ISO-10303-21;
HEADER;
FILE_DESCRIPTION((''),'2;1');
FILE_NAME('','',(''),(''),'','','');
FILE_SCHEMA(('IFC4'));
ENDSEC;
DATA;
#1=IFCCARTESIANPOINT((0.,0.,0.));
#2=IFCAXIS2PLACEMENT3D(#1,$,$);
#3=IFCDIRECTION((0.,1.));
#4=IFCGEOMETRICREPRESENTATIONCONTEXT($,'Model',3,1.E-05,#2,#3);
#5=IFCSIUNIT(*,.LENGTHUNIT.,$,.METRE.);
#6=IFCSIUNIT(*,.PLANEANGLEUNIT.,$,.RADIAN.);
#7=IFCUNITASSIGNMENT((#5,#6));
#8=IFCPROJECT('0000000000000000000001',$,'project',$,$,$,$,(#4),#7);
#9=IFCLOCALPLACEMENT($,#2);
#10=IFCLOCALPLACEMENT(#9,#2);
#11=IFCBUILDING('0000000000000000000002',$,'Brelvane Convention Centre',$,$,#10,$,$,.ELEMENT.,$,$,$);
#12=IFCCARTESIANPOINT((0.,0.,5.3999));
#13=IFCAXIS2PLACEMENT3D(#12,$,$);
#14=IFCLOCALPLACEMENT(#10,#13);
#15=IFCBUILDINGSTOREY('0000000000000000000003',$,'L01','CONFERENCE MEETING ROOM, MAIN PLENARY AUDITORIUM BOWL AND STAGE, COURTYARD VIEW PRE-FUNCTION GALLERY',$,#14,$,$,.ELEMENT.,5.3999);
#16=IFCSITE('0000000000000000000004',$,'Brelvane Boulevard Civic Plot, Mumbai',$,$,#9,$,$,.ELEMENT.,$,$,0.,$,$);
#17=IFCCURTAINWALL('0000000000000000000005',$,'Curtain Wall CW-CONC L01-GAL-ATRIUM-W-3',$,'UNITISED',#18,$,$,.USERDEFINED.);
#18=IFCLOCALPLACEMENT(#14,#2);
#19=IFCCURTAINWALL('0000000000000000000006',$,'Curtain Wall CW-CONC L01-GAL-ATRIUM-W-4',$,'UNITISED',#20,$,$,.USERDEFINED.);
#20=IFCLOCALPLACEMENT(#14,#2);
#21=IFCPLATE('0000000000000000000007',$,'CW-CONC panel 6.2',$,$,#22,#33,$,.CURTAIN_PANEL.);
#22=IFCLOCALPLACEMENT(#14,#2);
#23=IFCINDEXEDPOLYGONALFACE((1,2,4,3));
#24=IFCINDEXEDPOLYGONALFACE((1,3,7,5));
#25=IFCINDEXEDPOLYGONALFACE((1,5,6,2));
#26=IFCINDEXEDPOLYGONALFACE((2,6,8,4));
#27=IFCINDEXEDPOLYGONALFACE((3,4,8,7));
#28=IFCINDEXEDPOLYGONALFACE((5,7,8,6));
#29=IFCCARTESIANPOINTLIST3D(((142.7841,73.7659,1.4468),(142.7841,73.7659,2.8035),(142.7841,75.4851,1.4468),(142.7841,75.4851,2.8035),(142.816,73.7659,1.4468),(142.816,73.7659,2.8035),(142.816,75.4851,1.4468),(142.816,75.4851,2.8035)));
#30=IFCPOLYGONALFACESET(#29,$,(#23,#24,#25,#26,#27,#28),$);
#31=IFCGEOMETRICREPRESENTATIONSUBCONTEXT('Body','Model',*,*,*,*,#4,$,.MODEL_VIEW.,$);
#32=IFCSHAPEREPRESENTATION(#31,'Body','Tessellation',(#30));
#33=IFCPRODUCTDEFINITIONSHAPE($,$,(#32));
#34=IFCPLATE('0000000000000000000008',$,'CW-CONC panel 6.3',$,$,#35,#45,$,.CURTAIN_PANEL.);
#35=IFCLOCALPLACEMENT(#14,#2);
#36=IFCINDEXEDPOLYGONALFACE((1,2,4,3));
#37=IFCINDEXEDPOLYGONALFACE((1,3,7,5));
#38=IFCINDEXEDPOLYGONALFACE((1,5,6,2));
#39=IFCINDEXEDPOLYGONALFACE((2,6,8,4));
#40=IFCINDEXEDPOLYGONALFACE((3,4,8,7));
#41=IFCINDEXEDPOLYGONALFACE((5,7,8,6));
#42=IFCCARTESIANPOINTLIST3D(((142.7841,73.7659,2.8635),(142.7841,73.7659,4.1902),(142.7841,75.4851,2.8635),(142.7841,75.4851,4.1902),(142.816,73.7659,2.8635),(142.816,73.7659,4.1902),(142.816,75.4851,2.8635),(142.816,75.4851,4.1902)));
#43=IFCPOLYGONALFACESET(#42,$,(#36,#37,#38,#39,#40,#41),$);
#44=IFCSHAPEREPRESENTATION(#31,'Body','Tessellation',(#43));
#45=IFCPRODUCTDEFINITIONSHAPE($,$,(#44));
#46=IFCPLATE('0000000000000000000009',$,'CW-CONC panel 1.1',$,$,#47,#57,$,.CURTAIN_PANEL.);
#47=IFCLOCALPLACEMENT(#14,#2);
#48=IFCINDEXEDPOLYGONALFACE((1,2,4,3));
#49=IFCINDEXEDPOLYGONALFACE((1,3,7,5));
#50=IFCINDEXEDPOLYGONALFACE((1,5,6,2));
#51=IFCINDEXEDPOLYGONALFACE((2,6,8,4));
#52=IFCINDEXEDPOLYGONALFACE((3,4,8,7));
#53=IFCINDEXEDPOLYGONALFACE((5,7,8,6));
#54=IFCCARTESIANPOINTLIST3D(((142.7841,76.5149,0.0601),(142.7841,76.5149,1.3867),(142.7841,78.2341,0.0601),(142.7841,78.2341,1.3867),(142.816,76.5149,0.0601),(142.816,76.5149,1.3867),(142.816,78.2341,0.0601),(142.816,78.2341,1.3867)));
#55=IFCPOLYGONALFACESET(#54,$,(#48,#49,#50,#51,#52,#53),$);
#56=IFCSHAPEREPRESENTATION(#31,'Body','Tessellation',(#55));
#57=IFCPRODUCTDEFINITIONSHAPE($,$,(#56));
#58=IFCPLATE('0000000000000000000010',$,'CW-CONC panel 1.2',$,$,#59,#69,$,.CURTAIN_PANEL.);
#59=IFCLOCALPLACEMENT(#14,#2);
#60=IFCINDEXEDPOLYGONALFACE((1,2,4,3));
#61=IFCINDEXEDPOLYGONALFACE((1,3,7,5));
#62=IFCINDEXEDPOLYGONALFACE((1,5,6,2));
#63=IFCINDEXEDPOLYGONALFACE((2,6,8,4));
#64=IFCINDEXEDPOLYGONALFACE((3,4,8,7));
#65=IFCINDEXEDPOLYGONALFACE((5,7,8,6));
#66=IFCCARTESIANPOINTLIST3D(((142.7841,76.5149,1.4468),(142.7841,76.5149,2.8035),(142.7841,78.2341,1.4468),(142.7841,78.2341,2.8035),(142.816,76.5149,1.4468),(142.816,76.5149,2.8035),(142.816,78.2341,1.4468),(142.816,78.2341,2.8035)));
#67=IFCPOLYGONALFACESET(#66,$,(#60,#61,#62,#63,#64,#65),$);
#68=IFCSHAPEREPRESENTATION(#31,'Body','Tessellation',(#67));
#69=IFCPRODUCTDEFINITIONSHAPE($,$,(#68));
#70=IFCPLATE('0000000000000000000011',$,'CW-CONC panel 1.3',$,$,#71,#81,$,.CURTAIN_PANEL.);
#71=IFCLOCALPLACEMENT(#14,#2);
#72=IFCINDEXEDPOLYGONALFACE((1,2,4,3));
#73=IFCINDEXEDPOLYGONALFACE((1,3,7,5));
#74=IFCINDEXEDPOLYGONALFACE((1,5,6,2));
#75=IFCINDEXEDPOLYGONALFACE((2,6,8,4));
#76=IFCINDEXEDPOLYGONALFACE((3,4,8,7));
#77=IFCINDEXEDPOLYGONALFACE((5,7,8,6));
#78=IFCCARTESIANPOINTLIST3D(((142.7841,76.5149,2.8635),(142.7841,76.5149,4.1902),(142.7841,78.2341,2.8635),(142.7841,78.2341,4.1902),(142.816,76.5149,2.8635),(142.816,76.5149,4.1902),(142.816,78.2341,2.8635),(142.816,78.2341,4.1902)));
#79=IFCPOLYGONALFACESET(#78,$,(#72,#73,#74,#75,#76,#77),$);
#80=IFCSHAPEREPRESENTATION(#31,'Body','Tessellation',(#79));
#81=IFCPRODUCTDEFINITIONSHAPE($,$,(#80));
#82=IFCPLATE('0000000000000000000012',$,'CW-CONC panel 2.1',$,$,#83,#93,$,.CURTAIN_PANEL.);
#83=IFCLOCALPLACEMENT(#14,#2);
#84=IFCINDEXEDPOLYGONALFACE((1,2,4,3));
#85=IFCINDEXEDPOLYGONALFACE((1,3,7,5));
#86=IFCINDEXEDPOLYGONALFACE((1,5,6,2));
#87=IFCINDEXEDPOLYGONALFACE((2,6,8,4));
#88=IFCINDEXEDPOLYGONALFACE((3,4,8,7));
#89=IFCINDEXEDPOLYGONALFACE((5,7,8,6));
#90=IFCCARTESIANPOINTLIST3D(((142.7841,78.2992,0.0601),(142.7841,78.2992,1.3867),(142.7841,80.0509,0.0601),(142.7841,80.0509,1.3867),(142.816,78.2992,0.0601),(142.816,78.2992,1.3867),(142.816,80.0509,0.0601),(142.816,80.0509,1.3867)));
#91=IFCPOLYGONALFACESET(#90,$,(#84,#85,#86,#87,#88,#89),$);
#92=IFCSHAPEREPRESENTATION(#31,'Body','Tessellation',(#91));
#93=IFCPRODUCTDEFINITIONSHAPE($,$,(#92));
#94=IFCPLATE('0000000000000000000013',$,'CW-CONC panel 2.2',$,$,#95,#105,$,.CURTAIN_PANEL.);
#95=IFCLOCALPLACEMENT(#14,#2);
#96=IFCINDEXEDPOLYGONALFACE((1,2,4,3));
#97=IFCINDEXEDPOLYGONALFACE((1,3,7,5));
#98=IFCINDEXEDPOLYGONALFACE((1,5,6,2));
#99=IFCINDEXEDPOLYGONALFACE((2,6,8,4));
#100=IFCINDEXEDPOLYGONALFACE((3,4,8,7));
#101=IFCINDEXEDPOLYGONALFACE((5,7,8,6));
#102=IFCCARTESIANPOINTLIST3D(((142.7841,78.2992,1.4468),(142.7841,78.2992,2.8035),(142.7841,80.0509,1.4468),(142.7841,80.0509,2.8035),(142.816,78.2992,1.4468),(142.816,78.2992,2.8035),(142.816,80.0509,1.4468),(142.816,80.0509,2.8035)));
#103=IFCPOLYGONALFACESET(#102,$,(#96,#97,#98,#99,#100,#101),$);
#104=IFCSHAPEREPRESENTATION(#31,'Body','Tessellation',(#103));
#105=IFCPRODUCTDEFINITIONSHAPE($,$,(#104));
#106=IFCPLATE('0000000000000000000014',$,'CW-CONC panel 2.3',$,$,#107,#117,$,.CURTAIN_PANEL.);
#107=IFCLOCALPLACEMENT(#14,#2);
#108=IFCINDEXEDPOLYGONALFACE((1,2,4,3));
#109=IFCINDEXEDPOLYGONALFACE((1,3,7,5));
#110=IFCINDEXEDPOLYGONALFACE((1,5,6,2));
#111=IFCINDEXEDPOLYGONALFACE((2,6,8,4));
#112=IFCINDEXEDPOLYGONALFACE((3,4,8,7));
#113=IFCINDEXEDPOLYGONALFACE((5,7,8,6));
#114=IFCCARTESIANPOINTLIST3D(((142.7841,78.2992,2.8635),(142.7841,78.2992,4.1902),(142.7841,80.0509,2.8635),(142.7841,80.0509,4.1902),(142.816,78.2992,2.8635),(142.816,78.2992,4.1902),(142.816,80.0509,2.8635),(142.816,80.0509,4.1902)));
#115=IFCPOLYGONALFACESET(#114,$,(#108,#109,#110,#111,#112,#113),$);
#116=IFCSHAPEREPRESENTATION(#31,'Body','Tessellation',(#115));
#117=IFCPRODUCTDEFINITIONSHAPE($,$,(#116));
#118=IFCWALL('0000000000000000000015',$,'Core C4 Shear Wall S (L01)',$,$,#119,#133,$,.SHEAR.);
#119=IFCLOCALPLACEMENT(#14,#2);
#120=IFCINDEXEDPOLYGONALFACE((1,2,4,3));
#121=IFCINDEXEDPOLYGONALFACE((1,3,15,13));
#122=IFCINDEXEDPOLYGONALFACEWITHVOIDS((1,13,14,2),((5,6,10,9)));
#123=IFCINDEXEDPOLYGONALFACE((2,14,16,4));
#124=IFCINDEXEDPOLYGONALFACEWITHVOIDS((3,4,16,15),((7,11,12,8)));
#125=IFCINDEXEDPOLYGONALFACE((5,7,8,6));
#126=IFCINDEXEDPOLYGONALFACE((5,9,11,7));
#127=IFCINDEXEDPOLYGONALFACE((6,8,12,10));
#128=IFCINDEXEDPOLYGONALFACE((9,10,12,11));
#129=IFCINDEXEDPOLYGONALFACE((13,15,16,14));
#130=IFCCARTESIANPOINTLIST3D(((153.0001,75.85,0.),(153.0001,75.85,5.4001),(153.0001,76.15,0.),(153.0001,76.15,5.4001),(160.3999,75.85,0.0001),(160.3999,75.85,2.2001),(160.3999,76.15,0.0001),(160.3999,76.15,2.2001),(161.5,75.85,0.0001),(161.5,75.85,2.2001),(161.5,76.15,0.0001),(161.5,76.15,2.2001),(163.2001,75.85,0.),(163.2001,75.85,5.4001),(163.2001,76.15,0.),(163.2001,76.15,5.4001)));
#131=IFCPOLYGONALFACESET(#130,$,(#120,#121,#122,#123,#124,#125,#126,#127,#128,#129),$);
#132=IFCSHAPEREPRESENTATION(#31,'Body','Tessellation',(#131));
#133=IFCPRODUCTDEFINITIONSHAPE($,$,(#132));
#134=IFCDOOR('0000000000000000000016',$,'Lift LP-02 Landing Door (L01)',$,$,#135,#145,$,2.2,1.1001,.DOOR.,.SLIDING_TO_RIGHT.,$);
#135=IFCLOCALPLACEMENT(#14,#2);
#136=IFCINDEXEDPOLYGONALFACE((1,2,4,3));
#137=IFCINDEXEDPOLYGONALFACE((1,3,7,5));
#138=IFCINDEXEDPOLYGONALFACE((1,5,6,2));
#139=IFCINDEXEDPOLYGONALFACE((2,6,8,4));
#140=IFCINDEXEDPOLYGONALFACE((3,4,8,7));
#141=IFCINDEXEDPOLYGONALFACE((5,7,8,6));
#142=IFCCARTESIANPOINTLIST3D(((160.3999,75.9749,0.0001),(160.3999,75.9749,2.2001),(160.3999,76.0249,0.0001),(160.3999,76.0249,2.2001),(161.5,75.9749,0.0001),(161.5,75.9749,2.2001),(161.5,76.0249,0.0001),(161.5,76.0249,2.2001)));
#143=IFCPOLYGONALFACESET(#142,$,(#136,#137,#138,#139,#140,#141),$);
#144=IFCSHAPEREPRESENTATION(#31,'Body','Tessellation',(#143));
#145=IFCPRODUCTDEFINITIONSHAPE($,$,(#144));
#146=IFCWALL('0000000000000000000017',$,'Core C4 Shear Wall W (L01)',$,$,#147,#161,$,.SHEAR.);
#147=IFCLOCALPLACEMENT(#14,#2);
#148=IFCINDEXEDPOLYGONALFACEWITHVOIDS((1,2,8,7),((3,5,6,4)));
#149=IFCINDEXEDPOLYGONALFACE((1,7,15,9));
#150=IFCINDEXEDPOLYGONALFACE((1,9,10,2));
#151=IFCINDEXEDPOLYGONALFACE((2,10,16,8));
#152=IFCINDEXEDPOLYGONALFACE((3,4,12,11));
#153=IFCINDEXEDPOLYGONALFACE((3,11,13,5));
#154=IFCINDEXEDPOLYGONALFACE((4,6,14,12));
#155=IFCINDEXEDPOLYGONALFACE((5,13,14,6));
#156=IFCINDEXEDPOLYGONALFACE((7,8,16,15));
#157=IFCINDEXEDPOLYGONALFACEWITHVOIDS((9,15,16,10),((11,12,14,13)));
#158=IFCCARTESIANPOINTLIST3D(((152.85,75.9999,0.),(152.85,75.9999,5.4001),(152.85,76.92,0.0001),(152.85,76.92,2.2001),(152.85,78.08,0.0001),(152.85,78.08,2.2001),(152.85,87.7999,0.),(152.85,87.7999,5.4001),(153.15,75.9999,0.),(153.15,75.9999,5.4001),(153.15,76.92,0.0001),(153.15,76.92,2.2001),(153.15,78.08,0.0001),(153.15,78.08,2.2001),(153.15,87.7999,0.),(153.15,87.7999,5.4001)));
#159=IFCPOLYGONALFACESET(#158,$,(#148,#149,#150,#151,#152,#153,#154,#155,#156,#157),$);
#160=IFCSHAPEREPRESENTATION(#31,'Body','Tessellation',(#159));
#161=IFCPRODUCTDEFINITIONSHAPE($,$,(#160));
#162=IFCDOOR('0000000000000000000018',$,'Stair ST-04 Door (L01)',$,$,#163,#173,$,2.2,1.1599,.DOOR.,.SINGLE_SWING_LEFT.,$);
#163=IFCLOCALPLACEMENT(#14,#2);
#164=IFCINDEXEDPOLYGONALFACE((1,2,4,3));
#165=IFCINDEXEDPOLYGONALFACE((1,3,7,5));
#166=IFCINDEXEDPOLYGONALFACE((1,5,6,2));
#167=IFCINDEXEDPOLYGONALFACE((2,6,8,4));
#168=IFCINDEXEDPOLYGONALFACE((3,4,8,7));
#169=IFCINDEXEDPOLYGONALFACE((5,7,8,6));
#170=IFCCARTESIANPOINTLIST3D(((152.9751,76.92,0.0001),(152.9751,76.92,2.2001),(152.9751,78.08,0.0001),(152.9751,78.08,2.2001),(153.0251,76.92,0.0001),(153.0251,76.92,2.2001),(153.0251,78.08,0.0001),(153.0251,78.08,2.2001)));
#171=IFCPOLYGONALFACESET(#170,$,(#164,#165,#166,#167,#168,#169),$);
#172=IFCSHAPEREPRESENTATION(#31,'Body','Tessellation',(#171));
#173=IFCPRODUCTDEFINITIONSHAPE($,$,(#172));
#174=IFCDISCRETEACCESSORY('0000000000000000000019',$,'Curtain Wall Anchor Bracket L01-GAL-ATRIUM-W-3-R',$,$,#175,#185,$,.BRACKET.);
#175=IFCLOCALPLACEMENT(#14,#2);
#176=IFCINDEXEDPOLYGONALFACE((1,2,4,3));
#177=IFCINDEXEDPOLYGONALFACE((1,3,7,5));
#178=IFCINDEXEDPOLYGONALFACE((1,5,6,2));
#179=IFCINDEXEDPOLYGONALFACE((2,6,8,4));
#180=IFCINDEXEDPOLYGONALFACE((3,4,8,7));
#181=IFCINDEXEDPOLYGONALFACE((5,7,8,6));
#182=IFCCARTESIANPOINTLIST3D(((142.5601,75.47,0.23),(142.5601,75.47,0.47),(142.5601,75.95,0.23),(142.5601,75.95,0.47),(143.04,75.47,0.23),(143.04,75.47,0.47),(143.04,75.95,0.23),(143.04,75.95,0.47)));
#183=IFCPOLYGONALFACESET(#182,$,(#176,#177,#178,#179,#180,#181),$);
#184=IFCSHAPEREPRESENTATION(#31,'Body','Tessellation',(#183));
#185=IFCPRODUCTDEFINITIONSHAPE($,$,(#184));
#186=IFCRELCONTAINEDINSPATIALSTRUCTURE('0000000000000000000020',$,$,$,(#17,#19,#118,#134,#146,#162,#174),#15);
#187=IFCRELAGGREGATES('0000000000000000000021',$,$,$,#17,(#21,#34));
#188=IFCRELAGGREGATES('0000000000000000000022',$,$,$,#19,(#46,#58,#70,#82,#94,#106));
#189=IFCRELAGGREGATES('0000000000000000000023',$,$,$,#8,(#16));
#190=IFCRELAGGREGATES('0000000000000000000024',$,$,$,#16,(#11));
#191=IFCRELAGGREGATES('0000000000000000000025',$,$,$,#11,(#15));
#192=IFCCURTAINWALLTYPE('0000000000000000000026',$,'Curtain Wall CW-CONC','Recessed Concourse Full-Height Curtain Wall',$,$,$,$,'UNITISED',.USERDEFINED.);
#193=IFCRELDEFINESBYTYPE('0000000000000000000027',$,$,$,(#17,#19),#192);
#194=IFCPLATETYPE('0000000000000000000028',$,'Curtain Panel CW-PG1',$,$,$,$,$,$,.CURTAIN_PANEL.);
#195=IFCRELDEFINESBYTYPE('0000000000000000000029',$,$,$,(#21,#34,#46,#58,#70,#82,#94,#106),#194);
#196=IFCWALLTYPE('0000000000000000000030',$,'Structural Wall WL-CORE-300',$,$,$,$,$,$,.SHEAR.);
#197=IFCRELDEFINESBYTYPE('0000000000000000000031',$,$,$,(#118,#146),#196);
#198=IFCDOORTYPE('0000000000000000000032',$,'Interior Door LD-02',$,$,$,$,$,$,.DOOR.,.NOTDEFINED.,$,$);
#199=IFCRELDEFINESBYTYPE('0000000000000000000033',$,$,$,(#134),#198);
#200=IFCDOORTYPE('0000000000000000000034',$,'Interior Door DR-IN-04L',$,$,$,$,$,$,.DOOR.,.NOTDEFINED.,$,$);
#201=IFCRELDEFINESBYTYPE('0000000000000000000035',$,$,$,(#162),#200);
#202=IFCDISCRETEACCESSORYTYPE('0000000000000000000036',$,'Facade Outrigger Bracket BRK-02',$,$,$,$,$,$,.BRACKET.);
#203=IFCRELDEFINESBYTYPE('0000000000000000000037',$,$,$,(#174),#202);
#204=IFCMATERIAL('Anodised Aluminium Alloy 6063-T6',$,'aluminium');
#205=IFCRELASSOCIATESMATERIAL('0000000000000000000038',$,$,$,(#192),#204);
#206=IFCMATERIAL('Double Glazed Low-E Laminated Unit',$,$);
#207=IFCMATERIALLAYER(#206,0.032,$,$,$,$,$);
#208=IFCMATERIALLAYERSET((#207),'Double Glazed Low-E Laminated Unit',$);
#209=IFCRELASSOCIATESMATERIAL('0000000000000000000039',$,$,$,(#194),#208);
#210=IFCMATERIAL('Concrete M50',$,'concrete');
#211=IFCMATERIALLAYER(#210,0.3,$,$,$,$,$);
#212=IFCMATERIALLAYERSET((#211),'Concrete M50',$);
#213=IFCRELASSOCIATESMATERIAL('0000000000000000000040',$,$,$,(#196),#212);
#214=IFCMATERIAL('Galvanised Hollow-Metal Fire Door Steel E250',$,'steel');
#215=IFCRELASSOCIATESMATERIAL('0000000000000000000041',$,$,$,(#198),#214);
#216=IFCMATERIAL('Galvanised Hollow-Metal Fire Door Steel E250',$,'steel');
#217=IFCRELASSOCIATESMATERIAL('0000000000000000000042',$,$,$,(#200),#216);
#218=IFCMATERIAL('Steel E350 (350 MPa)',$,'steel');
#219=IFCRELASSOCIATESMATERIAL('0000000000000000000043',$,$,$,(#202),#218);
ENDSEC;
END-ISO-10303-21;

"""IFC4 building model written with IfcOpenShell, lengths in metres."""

from ifc_helpers import new_model, si_unit, direction, frame, frame_2d, origin, origin_2d, place, context, subcontext, project, spatial, rectangle, extrude, material, layer, layer_set, type_object, element, fill, aggregate, save


model = new_model("IFC4")

# Units and contexts
model_context = context("Model", 3, precision=1e-05, world=origin(), true_north=direction((0.0, 1.0)))
body_context = subcontext(model_context, "Body", "Model", "MODEL_VIEW")
ifc_project = project(units=[si_unit("LENGTHUNIT", "METRE"), si_unit("PLANEANGLEUNIT", "RADIAN")], contexts=[model_context])

# Site, building, storey
site_placement = place(None, origin())
site = spatial("IfcSite", under=ifc_project, at=site_placement, Name="Brelvane Boulevard Civic Plot, Mumbai", CompositionType="ELEMENT", RefElevation=0.0)
building_placement = place(site_placement, origin())
building = spatial("IfcBuilding", under=site, at=building_placement, Name="Brelvane Convention Centre", CompositionType="ELEMENT")
storey_placement = place(building_placement, frame((0.0, 0.0, 5.3999)))
storey = spatial("IfcBuildingStorey", under=building, at=storey_placement, Name="L01", Description="CONFERENCE MEETING ROOM, MAIN PLENARY AUDITORIUM BOWL AND STAGE, COURTYARD VIEW PRE-FUNCTION GALLERY", CompositionType="ELEMENT", Elevation=5.3999)

# Curtain walls
ifc_material_1 = material(Name="Anodised Aluminium Alloy 6063-T6", Category="aluminium")
curtain_wall_type = type_object("IfcCurtainWallType", Name="Curtain Wall CW-CONC", Description="Recessed Concourse Full-Height Curtain Wall", ElementType="UNITISED", PredefinedType="USERDEFINED", material=ifc_material_1)
curtain_wall_1_placement = place(storey_placement, origin())
curtain_wall_1 = element("IfcCurtainWall", 1, at=curtain_wall_1_placement, inside=storey, type_object=curtain_wall_type, Name="Curtain Wall CW-CONC L01-GAL-ATRIUM-W-3", ObjectType="UNITISED", PredefinedType="USERDEFINED")
curtain_wall_2_placement = place(storey_placement, origin())
curtain_wall_2 = element("IfcCurtainWall", 2, at=curtain_wall_2_placement, inside=storey, type_object=curtain_wall_type, Name="Curtain Wall CW-CONC L01-GAL-ATRIUM-W-4", ObjectType="UNITISED", PredefinedType="USERDEFINED")

# Plates
ifc_material_2 = material(Name="Double Glazed Low-E Laminated Unit")
ifc_layer_1 = layer(ifc_material_2, 0.032)
ifc_layer_set_1 = layer_set([ifc_layer_1], Name="Double Glazed Low-E Laminated Unit")
plate_type = type_object("IfcPlateType", Name="Curtain Panel CW-PG1", PredefinedType="CURTAIN_PANEL", material=ifc_layer_set_1)
plate_1_placement = place(storey_placement, frame((142.8, 74.6255, 1.4468), z_axis=(0.0, 0.0, 1.0), x_axis=(0.0, 1.0, 0.0)))
plate_1 = element("IfcPlate", 3, at=plate_1_placement, type_object=plate_type, Name="CW-CONC panel 6.2", PredefinedType="CURTAIN_PANEL", context=body_context, shape_type="SweptSolid", body=[
    extrude(rectangle(XDim=1.7192, YDim=0.032, at=origin_2d()), origin(), (0.0, 0.0, 1.0), 1.3567),
])
plate_2_placement = place(storey_placement, frame((142.8, 74.6255, 2.8635), z_axis=(0.0, 0.0, 1.0), x_axis=(0.0, 1.0, 0.0)))
plate_2 = element("IfcPlate", 4, at=plate_2_placement, type_object=plate_type, Name="CW-CONC panel 6.3", PredefinedType="CURTAIN_PANEL", context=body_context, shape_type="SweptSolid", body=[
    extrude(rectangle(XDim=1.7192, YDim=0.032, at=origin_2d()), origin(), (0.0, 0.0, 1.0), 1.3267),
])
aggregate(curtain_wall_1, [plate_1, plate_2])
plate_3_placement = place(storey_placement, frame((142.8, 77.3745, 0.0601), z_axis=(0.0, 0.0, 1.0), x_axis=(0.0, 1.0, 0.0)))
plate_3 = element("IfcPlate", 5, at=plate_3_placement, type_object=plate_type, Name="CW-CONC panel 1.1", PredefinedType="CURTAIN_PANEL", context=body_context, shape_type="SweptSolid", body=[
    extrude(rectangle(XDim=1.7192, YDim=0.032, at=origin_2d()), origin(), (0.0, 0.0, 1.0), 1.3267),
])
plate_4_placement = place(storey_placement, frame((142.8, 77.3745, 1.4468), z_axis=(0.0, 0.0, 1.0), x_axis=(0.0, 1.0, 0.0)))
plate_4 = element("IfcPlate", 6, at=plate_4_placement, type_object=plate_type, Name="CW-CONC panel 1.2", PredefinedType="CURTAIN_PANEL", context=body_context, shape_type="SweptSolid", body=[
    extrude(rectangle(XDim=1.7192, YDim=0.032, at=origin_2d()), origin(), (0.0, 0.0, 1.0), 1.3567),
])
plate_5_placement = place(storey_placement, frame((142.8, 77.3745, 2.8635), z_axis=(0.0, 0.0, 1.0), x_axis=(0.0, 1.0, 0.0)))
plate_5 = element("IfcPlate", 7, at=plate_5_placement, type_object=plate_type, Name="CW-CONC panel 1.3", PredefinedType="CURTAIN_PANEL", context=body_context, shape_type="SweptSolid", body=[
    extrude(rectangle(XDim=1.7192, YDim=0.032, at=origin_2d()), origin(), (0.0, 0.0, 1.0), 1.3267),
])
plate_6_placement = place(storey_placement, frame((142.8, 79.175, 0.0601), z_axis=(0.0, 0.0, 1.0), x_axis=(0.0, 1.0, 0.0)))
plate_6 = element("IfcPlate", 8, at=plate_6_placement, type_object=plate_type, Name="CW-CONC panel 2.1", PredefinedType="CURTAIN_PANEL", context=body_context, shape_type="SweptSolid", body=[
    extrude(rectangle(XDim=1.7517, YDim=0.032, at=origin_2d()), origin(), (0.0, 0.0, 1.0), 1.3267),
])
plate_7_placement = place(storey_placement, frame((142.8, 79.175, 1.4468), z_axis=(0.0, 0.0, 1.0), x_axis=(0.0, 1.0, 0.0)))
plate_7 = element("IfcPlate", 9, at=plate_7_placement, type_object=plate_type, Name="CW-CONC panel 2.2", PredefinedType="CURTAIN_PANEL", context=body_context, shape_type="SweptSolid", body=[
    extrude(rectangle(XDim=1.7517, YDim=0.032, at=origin_2d()), origin(), (0.0, 0.0, 1.0), 1.3567),
])
plate_8_placement = place(storey_placement, frame((142.8, 79.175, 2.8635), z_axis=(0.0, 0.0, 1.0), x_axis=(0.0, 1.0, 0.0)))
plate_8 = element("IfcPlate", 10, at=plate_8_placement, type_object=plate_type, Name="CW-CONC panel 2.3", PredefinedType="CURTAIN_PANEL", context=body_context, shape_type="SweptSolid", body=[
    extrude(rectangle(XDim=1.7517, YDim=0.032, at=origin_2d()), origin(), (0.0, 0.0, 1.0), 1.3267),
])
aggregate(curtain_wall_2, [plate_3, plate_4, plate_5, plate_6, plate_7, plate_8])

# Walls, openings, doors
ifc_material_3 = material(Name="Concrete M50", Category="concrete")
ifc_layer_2 = layer(ifc_material_3, 0.3)
ifc_layer_set_2 = layer_set([ifc_layer_2], Name="Concrete M50")
wall_type = type_object("IfcWallType", Name="Structural Wall WL-CORE-300", PredefinedType="SHEAR", material=ifc_layer_set_2)
wall_1_placement = place(storey_placement, frame((153.0, 76.0, 0.0), z_axis=(0.0, 0.0, 1.0), x_axis=(1.0, 0.0, 0.0)))
wall_1 = element("IfcWall", 11, at=wall_1_placement, inside=storey, type_object=wall_type, Name="Core C4 Shear Wall S (L01)", PredefinedType="SHEAR", context=body_context, shape_type="SweptSolid", body=[
    extrude(rectangle(XDim=10.2, YDim=0.3, at=frame_2d((5.1001, 0.0))), origin(), (0.0, 0.0, 1.0), 5.4001),
])
opening_1_placement = place(wall_1_placement, frame((7.3999, 0.0, 0.0)))
opening_1 = element("IfcOpeningElement", 12, at=opening_1_placement, cuts=wall_1, PredefinedType="OPENING", context=body_context, shape_type="SweptSolid", body=[
    extrude(rectangle(XDim=1.1001, YDim=2.2, at=frame_2d((0.55, 1.1001))), frame((0.0, 0.1599, 0.0), z_axis=(0.0, -1.0, 0.0), x_axis=(1.0, 0.0, 0.0)), (0.0, 0.0, 1.0), 0.3201),
])
ifc_material_4 = material(Name="Galvanised Hollow-Metal Fire Door Steel E250", Category="steel")
door_type_1 = type_object("IfcDoorType", Name="Interior Door LD-02", OperationType="NOTDEFINED", PredefinedType="DOOR", material=ifc_material_4)
door_1_placement = place(opening_1_placement, origin())
door_1 = element("IfcDoor", 13, at=door_1_placement, inside=storey, type_object=door_type_1, Name="Lift LP-02 Landing Door (L01)", OperationType="SLIDING_TO_RIGHT", OverallHeight=2.2, OverallWidth=1.1001, PredefinedType="DOOR", context=body_context, shape_type="SweptSolid", body=[
    extrude(rectangle(XDim=1.1001, YDim=2.2, at=frame_2d((0.55, 1.1001))), frame((0.0, 0.0249, 0.0), z_axis=(0.0, -1.0, 0.0), x_axis=(1.0, 0.0, 0.0)), (0.0, 0.0, 1.0), 0.05),
])
fill(opening_1, door_1)
wall_2_placement = place(storey_placement, frame((153.0, 76.0, 0.0), z_axis=(0.0, 0.0, 1.0), x_axis=(0.0, 1.0, 0.0)))
wall_2 = element("IfcWall", 14, at=wall_2_placement, inside=storey, type_object=wall_type, Name="Core C4 Shear Wall W (L01)", PredefinedType="SHEAR", context=body_context, shape_type="SweptSolid", body=[
    extrude(rectangle(XDim=11.8, YDim=0.3, at=frame_2d((5.8999, 0.0))), origin(), (0.0, 0.0, 1.0), 5.4001),
])
opening_2_placement = place(wall_2_placement, frame((0.9199, 0.0, 0.0)))
opening_2 = element("IfcOpeningElement", 15, at=opening_2_placement, cuts=wall_2, PredefinedType="OPENING", context=body_context, shape_type="SweptSolid", body=[
    extrude(rectangle(XDim=1.1599, YDim=2.2, at=frame_2d((0.5801, 1.1001))), frame((0.0, 0.1599, 0.0), z_axis=(0.0, -1.0, 0.0), x_axis=(1.0, 0.0, 0.0)), (0.0, 0.0, 1.0), 0.3201),
])
ifc_material_5 = material(Name="Galvanised Hollow-Metal Fire Door Steel E250", Category="steel")
door_type_2 = type_object("IfcDoorType", Name="Interior Door DR-IN-04L", OperationType="NOTDEFINED", PredefinedType="DOOR", material=ifc_material_5)
door_2_placement = place(opening_2_placement, origin())
door_2 = element("IfcDoor", 16, at=door_2_placement, inside=storey, type_object=door_type_2, Name="Stair ST-04 Door (L01)", OperationType="SINGLE_SWING_LEFT", OverallHeight=2.2, OverallWidth=1.1599, PredefinedType="DOOR", context=body_context, shape_type="SweptSolid", body=[
    extrude(rectangle(XDim=1.1599, YDim=2.2, at=frame_2d((0.5801, 1.1001))), frame((0.0, 0.0249, 0.0), z_axis=(0.0, -1.0, 0.0), x_axis=(1.0, 0.0, 0.0)), (0.0, 0.0, 1.0), 0.05),
])
fill(opening_2, door_2)

# Discrete accessory
ifc_material_6 = material(Name="Steel E350 (350 MPa)", Category="steel")
discrete_accessory_type = type_object("IfcDiscreteAccessoryType", Name="Facade Outrigger Bracket BRK-02", PredefinedType="BRACKET", material=ifc_material_6)
for number, where, z_axis, x_axis, name in (
    (17, (142.8, 75.71, 0.23), (0.0, 0.0, 1.0), (1.0, 0.0, 0.0), "Curtain Wall Anchor Bracket L01-GAL-ATRIUM-W-3-R"),
):
    element("IfcDiscreteAccessory", number, at=place(storey_placement, frame(where, z_axis=z_axis, x_axis=x_axis)), inside=storey, type_object=discrete_accessory_type, Name=name, PredefinedType="BRACKET", context=body_context, shape_type="SweptSolid", body=[
        extrude(rectangle(XDim=0.48, YDim=0.48, at=origin_2d()), origin(), (0.0, 0.0, 1.0), 0.24),
    ])

save(model, "model.ifc")
